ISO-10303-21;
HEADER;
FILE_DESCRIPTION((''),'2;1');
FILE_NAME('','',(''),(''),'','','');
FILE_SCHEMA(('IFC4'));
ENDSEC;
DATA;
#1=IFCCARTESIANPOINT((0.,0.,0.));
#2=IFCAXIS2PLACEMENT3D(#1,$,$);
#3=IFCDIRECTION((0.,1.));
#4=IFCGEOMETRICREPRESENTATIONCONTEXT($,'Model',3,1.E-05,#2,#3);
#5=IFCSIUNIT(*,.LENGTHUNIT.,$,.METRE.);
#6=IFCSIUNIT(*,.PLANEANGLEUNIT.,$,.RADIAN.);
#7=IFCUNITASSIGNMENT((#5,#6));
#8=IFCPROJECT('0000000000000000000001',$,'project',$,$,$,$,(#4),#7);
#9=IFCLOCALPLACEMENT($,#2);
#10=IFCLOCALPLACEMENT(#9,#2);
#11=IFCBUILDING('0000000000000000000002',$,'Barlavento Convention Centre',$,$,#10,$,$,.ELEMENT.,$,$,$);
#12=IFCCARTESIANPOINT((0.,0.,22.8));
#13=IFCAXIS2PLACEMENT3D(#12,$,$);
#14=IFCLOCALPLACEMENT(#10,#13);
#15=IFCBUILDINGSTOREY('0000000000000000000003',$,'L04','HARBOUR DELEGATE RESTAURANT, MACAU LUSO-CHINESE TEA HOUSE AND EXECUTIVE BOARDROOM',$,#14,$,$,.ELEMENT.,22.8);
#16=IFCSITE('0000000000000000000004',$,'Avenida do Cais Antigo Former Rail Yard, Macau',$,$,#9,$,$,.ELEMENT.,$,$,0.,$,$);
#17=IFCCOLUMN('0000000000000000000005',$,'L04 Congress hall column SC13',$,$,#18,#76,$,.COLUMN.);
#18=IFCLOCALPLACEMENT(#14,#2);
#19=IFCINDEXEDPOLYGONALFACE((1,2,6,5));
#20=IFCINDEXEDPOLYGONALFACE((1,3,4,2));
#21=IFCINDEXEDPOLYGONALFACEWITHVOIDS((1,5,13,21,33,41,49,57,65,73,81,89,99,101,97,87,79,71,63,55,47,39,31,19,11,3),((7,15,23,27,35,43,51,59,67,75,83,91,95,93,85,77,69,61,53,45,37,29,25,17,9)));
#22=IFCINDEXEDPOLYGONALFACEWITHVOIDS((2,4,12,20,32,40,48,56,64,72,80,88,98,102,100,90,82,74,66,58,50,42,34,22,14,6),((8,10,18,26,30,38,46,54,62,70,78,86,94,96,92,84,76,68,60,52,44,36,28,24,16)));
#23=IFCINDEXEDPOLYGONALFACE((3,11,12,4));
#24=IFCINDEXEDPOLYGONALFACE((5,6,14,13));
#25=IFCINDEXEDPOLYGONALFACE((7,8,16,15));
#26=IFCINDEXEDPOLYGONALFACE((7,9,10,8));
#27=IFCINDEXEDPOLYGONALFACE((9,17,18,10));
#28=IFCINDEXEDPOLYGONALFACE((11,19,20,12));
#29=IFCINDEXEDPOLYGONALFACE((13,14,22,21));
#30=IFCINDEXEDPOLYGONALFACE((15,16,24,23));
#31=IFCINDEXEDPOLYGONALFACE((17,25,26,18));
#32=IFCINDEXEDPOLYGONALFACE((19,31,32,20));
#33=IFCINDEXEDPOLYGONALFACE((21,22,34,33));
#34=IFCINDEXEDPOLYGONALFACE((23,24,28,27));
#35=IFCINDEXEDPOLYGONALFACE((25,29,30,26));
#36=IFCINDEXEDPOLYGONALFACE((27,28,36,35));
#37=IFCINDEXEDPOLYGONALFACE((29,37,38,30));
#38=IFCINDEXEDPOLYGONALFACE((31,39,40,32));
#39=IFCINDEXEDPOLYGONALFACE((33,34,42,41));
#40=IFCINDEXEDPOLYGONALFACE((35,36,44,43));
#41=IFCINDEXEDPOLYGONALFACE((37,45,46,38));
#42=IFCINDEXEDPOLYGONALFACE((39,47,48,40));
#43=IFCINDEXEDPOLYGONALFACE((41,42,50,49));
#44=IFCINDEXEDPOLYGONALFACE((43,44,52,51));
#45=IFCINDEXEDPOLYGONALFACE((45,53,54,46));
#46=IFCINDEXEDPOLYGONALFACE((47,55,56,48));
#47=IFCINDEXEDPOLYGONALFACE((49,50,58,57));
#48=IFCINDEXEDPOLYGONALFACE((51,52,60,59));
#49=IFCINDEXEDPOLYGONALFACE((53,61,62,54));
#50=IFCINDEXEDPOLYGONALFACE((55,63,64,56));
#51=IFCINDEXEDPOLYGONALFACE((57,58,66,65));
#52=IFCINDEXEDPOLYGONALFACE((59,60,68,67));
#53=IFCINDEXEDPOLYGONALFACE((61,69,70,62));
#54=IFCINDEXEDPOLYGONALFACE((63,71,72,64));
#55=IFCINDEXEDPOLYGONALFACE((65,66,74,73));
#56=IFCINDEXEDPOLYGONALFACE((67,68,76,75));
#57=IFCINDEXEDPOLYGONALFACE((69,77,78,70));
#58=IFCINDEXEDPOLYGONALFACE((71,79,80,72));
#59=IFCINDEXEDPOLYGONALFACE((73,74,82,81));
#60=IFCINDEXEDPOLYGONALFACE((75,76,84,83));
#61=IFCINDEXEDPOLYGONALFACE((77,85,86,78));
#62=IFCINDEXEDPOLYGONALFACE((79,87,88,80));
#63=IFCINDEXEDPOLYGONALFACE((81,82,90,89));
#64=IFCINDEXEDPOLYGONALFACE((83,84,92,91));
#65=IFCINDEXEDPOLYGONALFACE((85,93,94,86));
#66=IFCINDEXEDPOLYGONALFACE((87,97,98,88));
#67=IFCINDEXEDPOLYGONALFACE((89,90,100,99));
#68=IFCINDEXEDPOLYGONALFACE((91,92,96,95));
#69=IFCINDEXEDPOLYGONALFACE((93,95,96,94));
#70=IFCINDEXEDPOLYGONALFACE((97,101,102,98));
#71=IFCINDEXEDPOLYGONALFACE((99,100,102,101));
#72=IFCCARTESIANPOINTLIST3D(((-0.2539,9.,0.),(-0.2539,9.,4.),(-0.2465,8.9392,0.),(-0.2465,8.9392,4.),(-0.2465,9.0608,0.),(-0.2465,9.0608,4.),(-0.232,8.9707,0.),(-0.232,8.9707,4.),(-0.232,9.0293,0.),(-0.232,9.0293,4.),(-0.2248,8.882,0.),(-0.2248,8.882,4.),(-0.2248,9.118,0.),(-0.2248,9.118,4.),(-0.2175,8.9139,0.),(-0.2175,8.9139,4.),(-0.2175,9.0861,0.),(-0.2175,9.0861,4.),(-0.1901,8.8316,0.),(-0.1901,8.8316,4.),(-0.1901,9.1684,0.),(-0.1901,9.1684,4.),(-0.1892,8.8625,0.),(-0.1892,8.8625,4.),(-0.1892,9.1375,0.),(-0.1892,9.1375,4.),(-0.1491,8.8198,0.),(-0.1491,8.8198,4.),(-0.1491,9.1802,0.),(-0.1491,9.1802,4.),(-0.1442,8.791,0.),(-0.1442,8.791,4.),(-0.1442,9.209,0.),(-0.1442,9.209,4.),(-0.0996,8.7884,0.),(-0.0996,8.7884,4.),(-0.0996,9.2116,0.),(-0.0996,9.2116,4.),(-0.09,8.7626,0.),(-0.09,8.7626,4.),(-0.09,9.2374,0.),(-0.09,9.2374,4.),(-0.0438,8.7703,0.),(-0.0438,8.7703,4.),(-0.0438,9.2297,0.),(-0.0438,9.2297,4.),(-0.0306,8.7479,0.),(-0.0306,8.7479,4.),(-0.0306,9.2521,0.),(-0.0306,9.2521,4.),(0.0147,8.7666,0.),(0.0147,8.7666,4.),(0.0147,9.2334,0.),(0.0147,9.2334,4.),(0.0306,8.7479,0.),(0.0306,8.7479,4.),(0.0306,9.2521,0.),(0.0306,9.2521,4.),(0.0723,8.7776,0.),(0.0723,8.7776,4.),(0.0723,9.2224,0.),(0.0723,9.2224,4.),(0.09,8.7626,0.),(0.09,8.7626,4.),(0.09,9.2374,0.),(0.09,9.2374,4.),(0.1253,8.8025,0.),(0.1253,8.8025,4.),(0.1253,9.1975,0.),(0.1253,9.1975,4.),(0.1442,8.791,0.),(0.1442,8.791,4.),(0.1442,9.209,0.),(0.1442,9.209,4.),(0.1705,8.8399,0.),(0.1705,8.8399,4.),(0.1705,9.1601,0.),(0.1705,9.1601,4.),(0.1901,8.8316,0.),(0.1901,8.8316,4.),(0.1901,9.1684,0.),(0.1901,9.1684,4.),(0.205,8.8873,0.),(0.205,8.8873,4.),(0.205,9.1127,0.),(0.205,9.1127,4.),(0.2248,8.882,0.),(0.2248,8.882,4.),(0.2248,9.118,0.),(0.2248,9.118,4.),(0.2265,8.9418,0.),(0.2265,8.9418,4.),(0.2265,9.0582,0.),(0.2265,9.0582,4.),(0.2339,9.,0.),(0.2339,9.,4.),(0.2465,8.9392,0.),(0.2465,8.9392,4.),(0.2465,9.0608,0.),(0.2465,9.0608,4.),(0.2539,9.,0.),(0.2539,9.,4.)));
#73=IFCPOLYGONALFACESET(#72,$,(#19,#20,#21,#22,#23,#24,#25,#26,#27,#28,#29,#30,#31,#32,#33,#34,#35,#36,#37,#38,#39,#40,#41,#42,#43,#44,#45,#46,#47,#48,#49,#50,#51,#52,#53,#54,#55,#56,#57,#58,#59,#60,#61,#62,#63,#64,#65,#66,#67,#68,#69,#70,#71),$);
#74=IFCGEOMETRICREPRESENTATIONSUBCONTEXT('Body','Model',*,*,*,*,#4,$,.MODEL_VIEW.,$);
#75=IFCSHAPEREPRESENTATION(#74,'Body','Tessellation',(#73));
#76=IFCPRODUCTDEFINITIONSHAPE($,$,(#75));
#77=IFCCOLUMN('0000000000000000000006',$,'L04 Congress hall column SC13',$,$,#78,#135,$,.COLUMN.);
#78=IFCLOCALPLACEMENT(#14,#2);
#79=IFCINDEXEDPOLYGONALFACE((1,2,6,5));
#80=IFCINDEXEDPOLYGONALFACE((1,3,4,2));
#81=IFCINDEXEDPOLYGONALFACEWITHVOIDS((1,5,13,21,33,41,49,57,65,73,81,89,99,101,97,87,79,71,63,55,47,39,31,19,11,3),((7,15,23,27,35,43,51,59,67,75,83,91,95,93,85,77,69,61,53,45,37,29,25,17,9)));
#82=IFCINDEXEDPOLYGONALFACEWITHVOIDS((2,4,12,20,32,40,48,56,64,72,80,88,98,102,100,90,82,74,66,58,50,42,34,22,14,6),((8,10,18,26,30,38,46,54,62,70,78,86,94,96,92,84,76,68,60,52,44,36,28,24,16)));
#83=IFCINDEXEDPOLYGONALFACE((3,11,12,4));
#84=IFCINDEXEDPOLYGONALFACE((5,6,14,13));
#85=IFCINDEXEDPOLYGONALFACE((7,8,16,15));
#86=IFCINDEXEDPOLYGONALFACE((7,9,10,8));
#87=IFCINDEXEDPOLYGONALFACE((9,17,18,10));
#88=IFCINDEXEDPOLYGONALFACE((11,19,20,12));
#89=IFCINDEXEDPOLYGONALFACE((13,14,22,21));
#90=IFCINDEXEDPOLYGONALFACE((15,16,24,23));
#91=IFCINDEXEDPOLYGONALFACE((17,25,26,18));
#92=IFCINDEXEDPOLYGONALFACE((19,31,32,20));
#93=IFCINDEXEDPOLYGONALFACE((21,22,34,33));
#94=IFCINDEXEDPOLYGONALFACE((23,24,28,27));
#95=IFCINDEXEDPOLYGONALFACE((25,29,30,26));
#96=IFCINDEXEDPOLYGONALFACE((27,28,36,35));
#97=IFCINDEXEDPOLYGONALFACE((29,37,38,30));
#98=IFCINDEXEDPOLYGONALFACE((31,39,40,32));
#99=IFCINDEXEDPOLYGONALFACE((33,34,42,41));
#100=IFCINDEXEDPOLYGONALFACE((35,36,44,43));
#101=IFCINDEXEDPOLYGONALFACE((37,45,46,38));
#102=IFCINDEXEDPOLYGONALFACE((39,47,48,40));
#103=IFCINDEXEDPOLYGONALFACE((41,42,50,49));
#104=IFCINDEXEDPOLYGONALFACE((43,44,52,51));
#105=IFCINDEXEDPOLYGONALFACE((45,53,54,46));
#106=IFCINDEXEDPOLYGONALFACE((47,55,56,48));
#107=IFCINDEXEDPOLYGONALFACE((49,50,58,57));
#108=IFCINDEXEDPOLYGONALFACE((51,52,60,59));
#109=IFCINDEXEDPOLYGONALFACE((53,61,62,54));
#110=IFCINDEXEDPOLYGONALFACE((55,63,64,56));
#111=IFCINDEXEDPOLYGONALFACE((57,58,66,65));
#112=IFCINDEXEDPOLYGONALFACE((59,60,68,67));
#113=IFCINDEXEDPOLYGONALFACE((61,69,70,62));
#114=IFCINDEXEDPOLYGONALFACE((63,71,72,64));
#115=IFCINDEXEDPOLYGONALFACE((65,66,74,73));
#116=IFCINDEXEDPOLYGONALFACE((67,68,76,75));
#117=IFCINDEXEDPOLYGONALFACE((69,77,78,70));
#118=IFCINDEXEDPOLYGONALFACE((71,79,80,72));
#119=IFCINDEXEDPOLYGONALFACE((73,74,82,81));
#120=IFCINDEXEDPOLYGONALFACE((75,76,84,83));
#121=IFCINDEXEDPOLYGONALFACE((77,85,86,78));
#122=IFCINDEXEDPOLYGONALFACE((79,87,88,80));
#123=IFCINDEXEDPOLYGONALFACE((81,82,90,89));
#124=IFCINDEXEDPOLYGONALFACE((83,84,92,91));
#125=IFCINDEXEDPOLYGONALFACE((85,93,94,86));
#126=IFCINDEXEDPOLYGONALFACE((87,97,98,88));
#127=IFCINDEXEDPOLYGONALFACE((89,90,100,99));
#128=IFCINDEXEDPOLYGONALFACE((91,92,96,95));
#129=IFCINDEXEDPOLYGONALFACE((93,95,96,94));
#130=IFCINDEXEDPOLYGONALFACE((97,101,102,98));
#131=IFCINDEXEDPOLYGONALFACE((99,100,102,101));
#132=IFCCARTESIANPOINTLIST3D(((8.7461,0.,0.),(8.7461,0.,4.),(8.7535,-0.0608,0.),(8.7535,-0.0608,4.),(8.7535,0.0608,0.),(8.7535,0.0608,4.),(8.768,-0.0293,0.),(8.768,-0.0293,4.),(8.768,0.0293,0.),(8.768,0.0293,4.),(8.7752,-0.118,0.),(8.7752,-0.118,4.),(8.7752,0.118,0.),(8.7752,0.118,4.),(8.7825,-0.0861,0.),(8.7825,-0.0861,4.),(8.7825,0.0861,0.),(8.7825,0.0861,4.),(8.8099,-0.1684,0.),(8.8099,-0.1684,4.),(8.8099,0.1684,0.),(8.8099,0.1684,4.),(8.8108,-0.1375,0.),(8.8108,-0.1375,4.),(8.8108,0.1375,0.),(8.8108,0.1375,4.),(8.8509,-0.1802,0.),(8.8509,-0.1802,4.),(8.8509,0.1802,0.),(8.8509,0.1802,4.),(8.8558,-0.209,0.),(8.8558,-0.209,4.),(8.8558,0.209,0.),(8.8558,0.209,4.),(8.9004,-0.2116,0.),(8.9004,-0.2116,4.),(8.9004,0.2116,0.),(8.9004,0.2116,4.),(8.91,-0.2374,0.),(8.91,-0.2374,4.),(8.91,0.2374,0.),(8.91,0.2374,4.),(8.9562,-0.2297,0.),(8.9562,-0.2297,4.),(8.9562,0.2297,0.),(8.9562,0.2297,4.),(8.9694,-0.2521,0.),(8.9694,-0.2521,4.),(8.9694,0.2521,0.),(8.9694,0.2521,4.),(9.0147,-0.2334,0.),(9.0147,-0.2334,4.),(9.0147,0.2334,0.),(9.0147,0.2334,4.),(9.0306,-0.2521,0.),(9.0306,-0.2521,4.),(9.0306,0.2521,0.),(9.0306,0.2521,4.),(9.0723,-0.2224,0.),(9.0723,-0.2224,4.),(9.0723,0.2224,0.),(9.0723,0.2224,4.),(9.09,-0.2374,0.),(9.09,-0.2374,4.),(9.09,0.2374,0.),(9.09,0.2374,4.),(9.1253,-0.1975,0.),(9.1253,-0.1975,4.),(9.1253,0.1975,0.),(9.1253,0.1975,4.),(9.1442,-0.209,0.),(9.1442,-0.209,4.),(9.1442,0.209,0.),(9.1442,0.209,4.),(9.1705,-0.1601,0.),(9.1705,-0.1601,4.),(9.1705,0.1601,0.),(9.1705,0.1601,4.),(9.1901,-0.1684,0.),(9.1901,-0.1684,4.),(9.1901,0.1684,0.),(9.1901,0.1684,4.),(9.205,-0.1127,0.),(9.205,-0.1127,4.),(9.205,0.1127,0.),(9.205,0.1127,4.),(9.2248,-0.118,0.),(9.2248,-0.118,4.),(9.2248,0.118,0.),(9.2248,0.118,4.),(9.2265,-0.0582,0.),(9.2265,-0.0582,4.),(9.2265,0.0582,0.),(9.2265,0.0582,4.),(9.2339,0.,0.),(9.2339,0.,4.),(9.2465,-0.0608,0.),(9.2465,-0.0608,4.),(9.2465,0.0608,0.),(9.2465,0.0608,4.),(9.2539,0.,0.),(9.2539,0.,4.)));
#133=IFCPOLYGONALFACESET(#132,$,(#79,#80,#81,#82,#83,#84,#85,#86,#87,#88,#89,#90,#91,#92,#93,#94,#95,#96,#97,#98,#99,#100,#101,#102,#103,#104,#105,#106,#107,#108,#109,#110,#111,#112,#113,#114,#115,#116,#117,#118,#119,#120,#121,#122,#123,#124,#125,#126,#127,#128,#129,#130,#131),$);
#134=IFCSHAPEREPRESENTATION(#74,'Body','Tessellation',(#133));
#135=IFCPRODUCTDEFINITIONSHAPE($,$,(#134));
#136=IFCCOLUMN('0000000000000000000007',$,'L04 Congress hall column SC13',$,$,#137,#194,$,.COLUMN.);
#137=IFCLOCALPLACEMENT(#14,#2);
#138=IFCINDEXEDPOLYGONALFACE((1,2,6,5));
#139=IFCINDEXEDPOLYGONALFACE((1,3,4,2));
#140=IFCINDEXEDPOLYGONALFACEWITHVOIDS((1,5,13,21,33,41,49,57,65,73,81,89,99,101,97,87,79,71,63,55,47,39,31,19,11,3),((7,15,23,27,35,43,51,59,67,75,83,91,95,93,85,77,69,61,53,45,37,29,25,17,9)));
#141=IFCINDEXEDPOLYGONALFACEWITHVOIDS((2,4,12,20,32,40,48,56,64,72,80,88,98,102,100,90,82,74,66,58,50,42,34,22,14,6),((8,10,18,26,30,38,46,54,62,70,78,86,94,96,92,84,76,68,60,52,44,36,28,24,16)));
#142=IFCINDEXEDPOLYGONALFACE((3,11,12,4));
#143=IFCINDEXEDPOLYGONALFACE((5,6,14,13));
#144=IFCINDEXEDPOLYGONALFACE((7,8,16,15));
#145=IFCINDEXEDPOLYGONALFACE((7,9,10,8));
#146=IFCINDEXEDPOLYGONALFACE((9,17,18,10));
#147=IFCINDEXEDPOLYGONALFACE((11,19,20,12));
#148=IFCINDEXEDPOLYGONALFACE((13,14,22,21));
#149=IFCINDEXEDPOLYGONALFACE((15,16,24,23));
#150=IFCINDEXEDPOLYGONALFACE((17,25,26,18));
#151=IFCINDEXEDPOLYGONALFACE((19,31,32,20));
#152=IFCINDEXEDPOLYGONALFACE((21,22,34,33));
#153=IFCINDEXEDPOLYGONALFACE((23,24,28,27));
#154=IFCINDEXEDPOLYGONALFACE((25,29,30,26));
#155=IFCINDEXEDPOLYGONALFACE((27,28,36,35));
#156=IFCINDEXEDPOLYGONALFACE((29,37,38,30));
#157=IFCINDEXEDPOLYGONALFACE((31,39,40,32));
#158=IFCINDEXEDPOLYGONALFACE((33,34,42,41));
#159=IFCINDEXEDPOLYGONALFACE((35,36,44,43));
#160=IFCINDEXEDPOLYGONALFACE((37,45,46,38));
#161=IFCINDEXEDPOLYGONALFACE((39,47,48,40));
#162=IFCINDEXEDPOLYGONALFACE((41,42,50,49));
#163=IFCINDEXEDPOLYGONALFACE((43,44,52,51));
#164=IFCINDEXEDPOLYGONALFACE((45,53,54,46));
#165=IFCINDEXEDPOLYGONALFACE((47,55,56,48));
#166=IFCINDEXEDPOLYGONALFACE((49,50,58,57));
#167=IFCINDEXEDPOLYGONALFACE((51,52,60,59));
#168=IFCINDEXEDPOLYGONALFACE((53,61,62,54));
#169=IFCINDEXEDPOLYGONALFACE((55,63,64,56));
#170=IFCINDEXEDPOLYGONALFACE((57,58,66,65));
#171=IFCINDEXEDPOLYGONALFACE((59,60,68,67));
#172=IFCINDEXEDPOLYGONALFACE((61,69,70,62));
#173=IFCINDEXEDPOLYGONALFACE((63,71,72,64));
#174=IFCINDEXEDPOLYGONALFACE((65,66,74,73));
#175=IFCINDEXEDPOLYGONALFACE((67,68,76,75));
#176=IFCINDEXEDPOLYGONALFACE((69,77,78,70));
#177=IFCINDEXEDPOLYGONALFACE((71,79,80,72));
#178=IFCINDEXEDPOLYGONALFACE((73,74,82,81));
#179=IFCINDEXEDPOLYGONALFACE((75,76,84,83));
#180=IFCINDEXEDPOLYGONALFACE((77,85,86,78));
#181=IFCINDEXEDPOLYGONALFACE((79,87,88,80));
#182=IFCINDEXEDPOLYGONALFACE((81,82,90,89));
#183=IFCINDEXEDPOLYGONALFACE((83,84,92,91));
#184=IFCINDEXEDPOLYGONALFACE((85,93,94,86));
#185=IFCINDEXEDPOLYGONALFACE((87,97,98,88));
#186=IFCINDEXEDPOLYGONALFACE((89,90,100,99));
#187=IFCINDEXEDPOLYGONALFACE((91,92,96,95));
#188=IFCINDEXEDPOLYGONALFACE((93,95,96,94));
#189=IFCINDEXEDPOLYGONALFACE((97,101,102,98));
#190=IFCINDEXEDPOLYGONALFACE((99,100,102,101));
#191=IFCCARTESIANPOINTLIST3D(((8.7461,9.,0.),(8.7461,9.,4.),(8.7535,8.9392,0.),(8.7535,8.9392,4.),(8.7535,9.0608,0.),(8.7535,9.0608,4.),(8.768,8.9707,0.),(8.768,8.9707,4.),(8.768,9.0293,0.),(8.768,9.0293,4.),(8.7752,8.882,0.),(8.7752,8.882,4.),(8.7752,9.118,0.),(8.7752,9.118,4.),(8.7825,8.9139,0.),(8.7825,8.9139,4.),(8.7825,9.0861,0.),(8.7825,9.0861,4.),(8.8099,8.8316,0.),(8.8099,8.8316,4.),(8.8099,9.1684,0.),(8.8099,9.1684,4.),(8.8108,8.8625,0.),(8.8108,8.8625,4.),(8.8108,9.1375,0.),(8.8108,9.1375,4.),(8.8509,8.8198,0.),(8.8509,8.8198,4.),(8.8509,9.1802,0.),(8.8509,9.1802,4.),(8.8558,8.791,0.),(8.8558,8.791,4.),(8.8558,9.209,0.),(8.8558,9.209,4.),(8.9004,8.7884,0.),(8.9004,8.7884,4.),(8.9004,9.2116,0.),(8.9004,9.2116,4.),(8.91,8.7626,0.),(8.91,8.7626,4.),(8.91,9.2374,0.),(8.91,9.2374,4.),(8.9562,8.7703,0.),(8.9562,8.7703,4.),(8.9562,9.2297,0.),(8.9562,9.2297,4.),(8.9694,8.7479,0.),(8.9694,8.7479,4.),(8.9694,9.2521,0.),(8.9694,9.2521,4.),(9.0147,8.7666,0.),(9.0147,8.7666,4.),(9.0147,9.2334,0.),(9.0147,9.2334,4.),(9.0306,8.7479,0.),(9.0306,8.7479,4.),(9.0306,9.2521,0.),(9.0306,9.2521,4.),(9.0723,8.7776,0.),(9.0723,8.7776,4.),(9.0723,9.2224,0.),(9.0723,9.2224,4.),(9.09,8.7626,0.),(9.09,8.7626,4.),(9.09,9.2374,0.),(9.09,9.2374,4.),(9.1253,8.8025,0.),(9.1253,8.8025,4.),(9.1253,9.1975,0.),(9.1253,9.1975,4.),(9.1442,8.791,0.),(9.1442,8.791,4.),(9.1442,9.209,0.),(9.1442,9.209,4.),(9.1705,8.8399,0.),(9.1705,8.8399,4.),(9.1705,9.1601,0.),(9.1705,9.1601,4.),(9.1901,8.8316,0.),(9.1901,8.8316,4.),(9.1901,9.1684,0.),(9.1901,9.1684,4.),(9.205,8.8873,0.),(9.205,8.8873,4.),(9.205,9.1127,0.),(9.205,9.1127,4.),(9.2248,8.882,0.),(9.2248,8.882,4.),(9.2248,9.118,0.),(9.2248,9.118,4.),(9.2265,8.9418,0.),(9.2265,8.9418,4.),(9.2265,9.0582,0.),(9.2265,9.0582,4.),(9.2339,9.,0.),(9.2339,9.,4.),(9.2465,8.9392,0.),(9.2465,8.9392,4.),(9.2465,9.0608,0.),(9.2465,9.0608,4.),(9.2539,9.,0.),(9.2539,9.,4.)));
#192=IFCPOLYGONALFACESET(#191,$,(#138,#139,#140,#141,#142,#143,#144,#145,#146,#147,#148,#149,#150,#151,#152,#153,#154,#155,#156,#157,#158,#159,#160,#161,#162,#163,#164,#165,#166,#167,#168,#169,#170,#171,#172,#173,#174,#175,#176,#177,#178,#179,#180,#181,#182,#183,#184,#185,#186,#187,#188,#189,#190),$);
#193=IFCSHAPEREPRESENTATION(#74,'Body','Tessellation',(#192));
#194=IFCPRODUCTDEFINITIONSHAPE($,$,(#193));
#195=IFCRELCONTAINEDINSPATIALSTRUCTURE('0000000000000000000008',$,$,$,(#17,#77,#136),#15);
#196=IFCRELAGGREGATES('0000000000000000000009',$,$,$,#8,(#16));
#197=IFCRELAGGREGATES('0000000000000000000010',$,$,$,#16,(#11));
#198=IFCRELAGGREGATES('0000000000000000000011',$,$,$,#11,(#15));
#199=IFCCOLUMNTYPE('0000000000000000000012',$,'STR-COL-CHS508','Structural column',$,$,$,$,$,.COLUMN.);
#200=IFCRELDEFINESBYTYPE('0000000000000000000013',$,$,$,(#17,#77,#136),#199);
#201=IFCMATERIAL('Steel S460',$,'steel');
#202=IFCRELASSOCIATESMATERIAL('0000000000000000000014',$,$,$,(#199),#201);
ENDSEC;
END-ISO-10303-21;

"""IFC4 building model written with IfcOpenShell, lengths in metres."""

from ifc_helpers import new_model, si_unit, direction, frame, origin, origin_2d, place, context, subcontext, project, spatial, hollow_circle, extrude, material, material_profile, profile_set, type_object, element, save


model = new_model("IFC4")

# Units and contexts
model_context = context("Model", 3, precision=1e-05, world=origin(), true_north=direction((0.0, 1.0)))
body_context = subcontext(model_context, "Body", "Model", "MODEL_VIEW")
ifc_project = project(units=[si_unit("LENGTHUNIT", "METRE"), si_unit("PLANEANGLEUNIT", "RADIAN")], contexts=[model_context])

# Site, building, storey
site_placement = place(None, origin())
site = spatial("IfcSite", under=ifc_project, at=site_placement, Name="Avenida do Cais Antigo Former Rail Yard, Macau", CompositionType="ELEMENT", RefElevation=0.0)
building_placement = place(site_placement, origin())
building = spatial("IfcBuilding", under=site, at=building_placement, Name="Barlavento Convention Centre", CompositionType="ELEMENT")
storey_placement = place(building_placement, frame((0.0, 0.0, 22.8)))
storey = spatial("IfcBuildingStorey", under=building, at=storey_placement, Name="L04", Description="HARBOUR DELEGATE RESTAURANT, MACAU LUSO-CHINESE TEA HOUSE AND EXECUTIVE BOARDROOM", CompositionType="ELEMENT", Elevation=22.8)

# Columns
ifc_material_1 = material(Name="Steel S460", Category="steel")
ifc_material_profile_1 = material_profile(ifc_material_1, hollow_circle(Radius=0.2539, WallThickness=0.02, at=origin_2d()), Name="CHS 508.0x20.0")
ifc_profile_set_1 = profile_set([ifc_material_profile_1], Name="Steel S460")
column_type_1 = type_object("IfcColumnType", Name="STR-COL-CHS508", Description="Structural column", PredefinedType="COLUMN", material=ifc_profile_set_1)
for number, where, z_axis, x_axis, name in (
    (1, (0.0, 9.0, 0.0), (0.0, 0.0, 1.0), (1.0, 0.0, 0.0), "L04 Congress hall column SC13"),
    (2, (9.0, 0.0, 0.0), (0.0, 0.0, 1.0), (1.0, 0.0, 0.0), "L04 Congress hall column SC13"),
    (3, (9.0, 9.0, 0.0), (0.0, 0.0, 1.0), (1.0, 0.0, 0.0), "L04 Congress hall column SC13"),
):
    element("IfcColumn", number, at=place(storey_placement, frame(where, z_axis=z_axis, x_axis=x_axis)), inside=storey, type_object=column_type_1, Name=name, PredefinedType="COLUMN", context=body_context, shape_type="SweptSolid", body=[
        extrude(hollow_circle(Radius=0.2539, WallThickness=0.02, at=origin_2d()), origin(), (0.0, 0.0, 1.0), 4.0),
    ])

save(model, "model.ifc")
